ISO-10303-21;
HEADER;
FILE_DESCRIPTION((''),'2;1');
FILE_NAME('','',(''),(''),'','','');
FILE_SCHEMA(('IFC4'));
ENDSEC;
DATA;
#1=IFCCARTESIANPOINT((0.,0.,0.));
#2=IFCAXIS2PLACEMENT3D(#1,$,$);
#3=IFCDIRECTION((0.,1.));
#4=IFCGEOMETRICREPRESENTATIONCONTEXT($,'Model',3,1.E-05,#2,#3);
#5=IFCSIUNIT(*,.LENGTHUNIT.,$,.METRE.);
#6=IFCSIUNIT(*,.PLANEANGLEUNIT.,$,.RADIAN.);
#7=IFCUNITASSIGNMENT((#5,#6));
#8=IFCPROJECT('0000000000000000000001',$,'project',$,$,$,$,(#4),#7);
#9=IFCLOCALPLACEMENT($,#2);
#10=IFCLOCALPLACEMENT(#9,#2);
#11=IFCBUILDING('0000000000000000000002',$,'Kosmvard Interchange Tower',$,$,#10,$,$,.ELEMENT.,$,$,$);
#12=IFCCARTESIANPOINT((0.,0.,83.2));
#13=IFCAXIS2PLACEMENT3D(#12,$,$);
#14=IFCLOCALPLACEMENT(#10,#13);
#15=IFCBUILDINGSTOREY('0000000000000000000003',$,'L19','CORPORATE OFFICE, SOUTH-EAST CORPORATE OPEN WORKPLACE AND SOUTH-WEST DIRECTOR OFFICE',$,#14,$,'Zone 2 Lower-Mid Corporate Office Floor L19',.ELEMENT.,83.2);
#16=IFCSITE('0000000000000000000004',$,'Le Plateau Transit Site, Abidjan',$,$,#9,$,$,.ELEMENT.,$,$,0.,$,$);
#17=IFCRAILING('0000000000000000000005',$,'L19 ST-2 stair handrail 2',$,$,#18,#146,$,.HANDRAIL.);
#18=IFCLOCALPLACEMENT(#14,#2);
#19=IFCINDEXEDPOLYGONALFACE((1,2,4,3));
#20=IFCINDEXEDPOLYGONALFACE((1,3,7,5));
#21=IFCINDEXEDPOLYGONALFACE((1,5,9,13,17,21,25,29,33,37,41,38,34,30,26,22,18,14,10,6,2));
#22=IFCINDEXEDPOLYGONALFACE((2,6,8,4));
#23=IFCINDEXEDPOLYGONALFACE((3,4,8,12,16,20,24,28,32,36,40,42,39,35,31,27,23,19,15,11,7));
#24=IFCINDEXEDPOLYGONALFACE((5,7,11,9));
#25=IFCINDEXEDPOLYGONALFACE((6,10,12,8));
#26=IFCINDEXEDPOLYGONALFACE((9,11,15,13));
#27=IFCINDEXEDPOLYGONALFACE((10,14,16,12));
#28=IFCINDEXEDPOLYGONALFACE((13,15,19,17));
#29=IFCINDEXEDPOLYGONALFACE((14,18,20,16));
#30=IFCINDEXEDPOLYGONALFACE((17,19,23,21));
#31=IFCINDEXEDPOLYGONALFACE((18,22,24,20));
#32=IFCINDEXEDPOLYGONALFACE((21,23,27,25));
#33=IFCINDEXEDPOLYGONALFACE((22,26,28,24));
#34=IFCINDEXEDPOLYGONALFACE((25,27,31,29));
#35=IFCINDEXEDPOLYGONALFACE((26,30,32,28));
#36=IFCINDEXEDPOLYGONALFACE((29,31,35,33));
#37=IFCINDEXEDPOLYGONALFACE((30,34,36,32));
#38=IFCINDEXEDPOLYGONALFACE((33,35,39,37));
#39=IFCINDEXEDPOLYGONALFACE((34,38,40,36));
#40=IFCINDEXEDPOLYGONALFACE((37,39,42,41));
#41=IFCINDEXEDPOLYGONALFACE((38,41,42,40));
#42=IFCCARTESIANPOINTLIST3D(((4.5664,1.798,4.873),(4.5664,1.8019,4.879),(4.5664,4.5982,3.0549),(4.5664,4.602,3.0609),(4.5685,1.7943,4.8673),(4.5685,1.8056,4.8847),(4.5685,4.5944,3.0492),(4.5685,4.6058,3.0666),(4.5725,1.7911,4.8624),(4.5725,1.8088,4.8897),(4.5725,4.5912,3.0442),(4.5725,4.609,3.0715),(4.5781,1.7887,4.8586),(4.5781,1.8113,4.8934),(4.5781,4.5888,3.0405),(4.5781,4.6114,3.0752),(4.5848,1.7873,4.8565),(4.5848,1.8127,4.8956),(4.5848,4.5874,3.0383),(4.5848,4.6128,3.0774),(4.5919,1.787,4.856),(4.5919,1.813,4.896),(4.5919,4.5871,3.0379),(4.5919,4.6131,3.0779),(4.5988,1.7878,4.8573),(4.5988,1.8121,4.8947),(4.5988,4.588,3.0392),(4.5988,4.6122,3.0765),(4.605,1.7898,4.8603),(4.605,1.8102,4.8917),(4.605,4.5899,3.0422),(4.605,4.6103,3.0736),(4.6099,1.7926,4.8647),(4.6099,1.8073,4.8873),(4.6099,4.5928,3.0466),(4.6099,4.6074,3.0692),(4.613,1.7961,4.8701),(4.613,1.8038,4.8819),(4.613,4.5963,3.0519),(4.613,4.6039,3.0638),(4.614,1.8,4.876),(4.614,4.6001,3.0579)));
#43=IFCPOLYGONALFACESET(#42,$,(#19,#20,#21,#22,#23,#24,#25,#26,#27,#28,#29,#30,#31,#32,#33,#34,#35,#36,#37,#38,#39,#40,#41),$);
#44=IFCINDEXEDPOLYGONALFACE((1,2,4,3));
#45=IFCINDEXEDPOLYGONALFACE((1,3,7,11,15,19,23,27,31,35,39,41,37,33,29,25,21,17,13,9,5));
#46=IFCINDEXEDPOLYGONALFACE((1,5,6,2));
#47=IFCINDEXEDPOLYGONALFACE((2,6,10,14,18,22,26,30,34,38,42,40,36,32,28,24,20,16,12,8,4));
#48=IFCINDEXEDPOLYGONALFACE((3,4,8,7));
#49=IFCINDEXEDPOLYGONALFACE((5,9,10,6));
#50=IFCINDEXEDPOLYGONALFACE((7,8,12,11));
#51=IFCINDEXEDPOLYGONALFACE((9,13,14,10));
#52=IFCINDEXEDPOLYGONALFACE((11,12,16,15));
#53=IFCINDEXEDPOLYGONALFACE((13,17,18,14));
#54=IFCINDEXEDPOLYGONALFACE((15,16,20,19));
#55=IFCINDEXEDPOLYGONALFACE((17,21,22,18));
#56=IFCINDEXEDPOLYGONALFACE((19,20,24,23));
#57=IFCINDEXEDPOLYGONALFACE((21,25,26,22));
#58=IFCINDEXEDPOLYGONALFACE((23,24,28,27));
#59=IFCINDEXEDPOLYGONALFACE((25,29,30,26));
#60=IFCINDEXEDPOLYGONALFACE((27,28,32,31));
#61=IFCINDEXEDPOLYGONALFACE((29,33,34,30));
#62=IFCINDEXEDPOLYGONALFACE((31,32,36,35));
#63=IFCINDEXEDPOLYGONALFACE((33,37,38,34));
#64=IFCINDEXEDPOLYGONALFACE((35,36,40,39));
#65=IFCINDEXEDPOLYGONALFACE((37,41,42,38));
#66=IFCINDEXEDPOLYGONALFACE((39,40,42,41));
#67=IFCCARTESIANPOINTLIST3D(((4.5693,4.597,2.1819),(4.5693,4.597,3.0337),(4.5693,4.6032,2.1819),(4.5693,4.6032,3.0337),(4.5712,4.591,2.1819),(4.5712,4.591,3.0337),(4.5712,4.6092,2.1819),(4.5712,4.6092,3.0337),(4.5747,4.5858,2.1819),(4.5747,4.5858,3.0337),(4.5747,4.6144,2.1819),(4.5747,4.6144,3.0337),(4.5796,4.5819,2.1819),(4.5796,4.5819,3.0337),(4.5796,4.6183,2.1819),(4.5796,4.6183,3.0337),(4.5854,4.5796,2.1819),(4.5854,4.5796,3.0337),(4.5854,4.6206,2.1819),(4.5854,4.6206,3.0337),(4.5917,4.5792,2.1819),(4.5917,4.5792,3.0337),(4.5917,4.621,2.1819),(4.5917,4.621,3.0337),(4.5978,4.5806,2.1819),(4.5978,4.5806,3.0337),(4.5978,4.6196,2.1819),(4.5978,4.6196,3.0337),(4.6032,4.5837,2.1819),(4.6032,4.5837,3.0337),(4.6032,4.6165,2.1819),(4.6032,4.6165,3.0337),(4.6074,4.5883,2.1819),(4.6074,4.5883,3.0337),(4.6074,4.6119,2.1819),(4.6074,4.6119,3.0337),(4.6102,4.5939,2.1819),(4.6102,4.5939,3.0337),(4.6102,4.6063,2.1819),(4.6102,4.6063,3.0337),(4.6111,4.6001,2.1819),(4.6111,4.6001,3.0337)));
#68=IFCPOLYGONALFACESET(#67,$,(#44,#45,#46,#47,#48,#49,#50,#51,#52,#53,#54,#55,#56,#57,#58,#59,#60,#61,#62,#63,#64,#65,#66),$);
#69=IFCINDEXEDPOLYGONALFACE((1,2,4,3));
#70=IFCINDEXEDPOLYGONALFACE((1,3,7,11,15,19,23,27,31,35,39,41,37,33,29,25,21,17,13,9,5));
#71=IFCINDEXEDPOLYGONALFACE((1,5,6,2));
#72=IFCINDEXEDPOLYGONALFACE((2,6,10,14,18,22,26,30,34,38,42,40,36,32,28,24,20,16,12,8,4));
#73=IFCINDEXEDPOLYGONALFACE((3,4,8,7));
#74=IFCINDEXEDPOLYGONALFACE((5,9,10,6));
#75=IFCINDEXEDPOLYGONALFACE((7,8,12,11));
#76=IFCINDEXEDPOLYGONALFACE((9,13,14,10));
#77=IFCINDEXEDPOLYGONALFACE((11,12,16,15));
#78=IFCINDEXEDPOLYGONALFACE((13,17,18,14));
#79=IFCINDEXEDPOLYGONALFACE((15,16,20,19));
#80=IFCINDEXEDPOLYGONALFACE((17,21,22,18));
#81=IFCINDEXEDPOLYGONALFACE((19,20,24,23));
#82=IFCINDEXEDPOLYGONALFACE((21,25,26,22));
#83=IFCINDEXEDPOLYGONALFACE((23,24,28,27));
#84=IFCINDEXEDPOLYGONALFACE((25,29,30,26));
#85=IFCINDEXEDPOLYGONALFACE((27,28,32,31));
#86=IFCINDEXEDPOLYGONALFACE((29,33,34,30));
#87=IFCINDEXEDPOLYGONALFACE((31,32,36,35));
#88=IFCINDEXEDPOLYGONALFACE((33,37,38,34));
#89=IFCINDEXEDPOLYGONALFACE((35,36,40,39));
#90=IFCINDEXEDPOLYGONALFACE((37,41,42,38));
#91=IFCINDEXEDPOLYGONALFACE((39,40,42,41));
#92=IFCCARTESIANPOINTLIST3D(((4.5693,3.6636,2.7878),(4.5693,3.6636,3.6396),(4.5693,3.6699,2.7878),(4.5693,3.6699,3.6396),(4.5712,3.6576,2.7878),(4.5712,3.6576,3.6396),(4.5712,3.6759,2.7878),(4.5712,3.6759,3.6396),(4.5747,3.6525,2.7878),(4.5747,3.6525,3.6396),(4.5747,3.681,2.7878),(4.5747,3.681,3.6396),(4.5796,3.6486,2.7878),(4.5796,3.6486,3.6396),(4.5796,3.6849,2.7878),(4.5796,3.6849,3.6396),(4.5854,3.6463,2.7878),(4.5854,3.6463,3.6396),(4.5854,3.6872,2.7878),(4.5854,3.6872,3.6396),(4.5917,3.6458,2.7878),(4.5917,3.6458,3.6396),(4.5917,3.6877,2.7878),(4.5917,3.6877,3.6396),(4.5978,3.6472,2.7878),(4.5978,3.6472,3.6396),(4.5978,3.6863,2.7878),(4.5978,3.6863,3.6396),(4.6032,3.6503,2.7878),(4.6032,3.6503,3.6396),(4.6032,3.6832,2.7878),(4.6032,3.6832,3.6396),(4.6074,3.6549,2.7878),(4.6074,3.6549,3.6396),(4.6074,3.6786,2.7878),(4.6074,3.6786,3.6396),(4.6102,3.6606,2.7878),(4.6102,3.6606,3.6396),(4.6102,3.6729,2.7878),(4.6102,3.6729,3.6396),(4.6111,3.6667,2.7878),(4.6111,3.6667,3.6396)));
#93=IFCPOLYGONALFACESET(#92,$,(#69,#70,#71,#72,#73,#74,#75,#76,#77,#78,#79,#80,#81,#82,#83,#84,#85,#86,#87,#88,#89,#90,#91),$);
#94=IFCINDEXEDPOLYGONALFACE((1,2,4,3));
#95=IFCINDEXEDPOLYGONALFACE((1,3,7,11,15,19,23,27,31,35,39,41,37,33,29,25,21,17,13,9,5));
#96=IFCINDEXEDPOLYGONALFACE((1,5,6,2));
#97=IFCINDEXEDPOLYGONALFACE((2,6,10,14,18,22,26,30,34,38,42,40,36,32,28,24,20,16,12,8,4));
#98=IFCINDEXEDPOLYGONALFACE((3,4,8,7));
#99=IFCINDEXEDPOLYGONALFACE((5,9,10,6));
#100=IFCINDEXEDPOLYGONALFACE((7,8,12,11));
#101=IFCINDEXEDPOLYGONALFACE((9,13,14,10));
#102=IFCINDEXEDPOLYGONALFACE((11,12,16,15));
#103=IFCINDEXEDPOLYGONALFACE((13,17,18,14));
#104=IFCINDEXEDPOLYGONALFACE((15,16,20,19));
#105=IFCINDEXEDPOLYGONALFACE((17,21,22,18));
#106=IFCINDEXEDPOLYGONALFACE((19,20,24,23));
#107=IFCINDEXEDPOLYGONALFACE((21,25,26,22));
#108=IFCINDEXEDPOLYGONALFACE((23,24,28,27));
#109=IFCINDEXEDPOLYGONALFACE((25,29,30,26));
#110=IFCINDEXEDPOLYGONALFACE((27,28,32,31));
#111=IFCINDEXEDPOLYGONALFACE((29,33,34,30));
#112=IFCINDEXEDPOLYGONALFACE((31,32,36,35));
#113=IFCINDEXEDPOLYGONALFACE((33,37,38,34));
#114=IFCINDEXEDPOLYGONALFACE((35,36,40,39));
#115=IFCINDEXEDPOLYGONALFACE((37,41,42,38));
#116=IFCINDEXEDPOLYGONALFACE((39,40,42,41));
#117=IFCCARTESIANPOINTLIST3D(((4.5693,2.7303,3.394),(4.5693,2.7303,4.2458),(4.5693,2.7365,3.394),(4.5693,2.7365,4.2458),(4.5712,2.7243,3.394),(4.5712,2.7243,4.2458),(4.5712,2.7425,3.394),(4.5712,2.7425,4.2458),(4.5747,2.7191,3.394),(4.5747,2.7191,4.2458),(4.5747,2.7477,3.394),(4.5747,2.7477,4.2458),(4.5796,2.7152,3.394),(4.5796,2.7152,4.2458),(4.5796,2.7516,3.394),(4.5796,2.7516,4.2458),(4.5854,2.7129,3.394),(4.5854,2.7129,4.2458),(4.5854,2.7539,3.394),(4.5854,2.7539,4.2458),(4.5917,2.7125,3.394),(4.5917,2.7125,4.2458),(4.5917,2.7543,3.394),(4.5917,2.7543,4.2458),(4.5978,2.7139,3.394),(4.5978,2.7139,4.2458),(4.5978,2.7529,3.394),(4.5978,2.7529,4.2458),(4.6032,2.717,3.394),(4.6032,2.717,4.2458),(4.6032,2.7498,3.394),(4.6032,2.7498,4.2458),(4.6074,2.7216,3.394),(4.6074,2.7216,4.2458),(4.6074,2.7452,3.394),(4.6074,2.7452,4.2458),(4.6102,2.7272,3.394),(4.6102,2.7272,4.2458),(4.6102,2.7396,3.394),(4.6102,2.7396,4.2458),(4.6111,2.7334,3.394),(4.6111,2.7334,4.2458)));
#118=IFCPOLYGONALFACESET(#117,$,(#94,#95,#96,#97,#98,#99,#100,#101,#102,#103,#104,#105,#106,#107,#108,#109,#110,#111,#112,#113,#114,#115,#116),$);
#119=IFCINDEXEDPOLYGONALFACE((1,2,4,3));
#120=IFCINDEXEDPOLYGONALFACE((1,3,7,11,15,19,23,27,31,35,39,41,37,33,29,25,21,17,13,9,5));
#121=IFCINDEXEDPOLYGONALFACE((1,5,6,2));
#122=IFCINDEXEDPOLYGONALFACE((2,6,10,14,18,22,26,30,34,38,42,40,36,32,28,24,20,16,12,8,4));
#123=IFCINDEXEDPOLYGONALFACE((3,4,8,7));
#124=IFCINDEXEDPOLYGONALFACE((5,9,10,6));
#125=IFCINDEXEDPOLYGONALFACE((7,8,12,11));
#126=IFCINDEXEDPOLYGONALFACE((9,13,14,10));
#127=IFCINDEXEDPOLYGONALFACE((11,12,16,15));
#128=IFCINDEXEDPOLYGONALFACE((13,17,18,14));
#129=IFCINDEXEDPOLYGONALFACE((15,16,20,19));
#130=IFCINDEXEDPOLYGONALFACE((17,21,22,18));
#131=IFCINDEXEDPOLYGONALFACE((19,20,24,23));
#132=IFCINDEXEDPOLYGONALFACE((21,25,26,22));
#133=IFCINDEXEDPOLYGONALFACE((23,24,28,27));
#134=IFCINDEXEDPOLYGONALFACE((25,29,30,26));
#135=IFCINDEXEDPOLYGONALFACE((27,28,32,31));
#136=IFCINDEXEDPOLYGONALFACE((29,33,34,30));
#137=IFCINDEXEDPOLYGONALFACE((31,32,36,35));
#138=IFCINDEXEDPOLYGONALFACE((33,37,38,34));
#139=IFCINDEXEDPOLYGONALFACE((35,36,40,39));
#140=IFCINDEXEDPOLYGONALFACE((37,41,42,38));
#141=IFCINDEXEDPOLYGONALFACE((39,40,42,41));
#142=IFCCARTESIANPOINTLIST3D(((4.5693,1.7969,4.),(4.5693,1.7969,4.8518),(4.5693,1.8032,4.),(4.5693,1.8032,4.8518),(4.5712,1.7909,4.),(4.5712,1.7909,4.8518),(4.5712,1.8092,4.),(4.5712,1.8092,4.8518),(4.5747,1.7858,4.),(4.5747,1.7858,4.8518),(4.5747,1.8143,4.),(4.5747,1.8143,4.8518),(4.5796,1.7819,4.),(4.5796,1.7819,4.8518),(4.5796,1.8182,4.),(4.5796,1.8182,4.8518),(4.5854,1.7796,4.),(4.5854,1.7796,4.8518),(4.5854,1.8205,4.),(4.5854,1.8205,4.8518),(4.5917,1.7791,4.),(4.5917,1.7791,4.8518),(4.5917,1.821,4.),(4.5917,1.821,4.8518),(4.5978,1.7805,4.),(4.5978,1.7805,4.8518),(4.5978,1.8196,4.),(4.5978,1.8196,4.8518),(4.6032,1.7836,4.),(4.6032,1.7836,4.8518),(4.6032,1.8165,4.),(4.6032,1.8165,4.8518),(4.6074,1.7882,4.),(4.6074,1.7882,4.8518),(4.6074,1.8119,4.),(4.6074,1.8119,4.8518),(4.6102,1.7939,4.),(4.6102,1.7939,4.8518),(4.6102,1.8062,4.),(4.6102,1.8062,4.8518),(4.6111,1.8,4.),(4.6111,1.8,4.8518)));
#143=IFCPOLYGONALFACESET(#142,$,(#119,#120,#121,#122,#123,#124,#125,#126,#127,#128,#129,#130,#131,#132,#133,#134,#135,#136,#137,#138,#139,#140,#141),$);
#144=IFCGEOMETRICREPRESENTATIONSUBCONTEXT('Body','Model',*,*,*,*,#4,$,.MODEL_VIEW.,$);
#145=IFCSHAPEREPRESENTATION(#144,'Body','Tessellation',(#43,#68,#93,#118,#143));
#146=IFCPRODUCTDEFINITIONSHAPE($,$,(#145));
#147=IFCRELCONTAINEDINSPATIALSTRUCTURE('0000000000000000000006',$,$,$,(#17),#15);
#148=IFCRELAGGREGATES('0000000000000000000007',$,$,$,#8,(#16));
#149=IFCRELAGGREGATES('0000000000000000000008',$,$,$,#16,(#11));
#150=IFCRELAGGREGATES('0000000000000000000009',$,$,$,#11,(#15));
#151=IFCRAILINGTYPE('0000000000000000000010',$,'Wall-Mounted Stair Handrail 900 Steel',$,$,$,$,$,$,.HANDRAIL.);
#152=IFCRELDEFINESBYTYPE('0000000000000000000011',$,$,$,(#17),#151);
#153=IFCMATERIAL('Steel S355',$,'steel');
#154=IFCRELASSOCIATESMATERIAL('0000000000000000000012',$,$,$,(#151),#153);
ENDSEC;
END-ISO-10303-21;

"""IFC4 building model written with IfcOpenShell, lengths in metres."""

from ifc_helpers import new_model, si_unit, direction, frame, origin, origin_2d, place, context, subcontext, project, spatial, circle, extrude, source, transform, mapped, material, type_object, element, save


model = new_model("IFC4")

# Units and contexts
model_context = context("Model", 3, precision=1e-05, world=origin(), true_north=direction((0.0, 1.0)))
body_context = subcontext(model_context, "Body", "Model", "MODEL_VIEW")
ifc_project = project(units=[si_unit("LENGTHUNIT", "METRE"), si_unit("PLANEANGLEUNIT", "RADIAN")], contexts=[model_context])

# Site, building, storey
site_placement = place(None, origin())
site = spatial("IfcSite", under=ifc_project, at=site_placement, Name="Le Plateau Transit Site, Abidjan", CompositionType="ELEMENT", RefElevation=0.0)
building_placement = place(site_placement, origin())
building = spatial("IfcBuilding", under=site, at=building_placement, Name="Kosmvard Interchange Tower", CompositionType="ELEMENT")
storey_placement = place(building_placement, frame((0.0, 0.0, 83.2)))
storey = spatial("IfcBuildingStorey", under=building, at=storey_placement, Name="L19", Description="CORPORATE OFFICE, SOUTH-EAST CORPORATE OPEN WORKPLACE AND SOUTH-WEST DIRECTOR OFFICE", LongName="Zone 2 Lower-Mid Corporate Office Floor L19", CompositionType="ELEMENT", Elevation=83.2)

# Shared definitions
ifc_material_1 = material(Name="Steel S355", Category="steel")

# Railing
railing_type_1 = type_object("IfcRailingType", Name="Wall-Mounted Stair Handrail 900 Steel", PredefinedType="HANDRAIL", material=ifc_material_1)
shared_shape_1 = source(origin(), body_context, "Body", "SweptSolid", [
    extrude(circle(Radius=0.0239, at=origin_2d()), frame((0.0, 0.0, 0.876), z_axis=(0.0, -0.838706, 0.544585), x_axis=(1.0, 0.0, 0.0)), (0.0, 0.0, 1.0), 3.3386),
    extrude(circle(Radius=0.021, at=origin_2d()), origin(), (0.0, 0.0, 1.0), 0.8518),
    extrude(circle(Radius=0.021, at=origin_2d()), frame((0.0, -0.9333, 0.606)), (0.0, 0.0, 1.0), 0.8518),
    extrude(circle(Radius=0.021, at=origin_2d()), frame((0.0, -1.8667, 1.2122)), (0.0, 0.0, 1.0), 0.8518),
    extrude(circle(Radius=0.021, at=origin_2d()), frame((0.0, -2.8, 1.8181)), (0.0, 0.0, 1.0), 0.8518),
])
railing_1_placement = place(storey_placement, frame((4.5901, 4.6001, 2.1819)))
element("IfcRailing", 1, at=railing_1_placement, inside=storey, type_object=railing_type_1, Name="L19 ST-2 stair handrail 2", PredefinedType="HANDRAIL", context=body_context, shape_type="MappedRepresentation", body=[
    mapped(shared_shape_1, transform((0.0, 0.0, 0.0), scale=1.0)),
])

save(model, "model.ifc")
